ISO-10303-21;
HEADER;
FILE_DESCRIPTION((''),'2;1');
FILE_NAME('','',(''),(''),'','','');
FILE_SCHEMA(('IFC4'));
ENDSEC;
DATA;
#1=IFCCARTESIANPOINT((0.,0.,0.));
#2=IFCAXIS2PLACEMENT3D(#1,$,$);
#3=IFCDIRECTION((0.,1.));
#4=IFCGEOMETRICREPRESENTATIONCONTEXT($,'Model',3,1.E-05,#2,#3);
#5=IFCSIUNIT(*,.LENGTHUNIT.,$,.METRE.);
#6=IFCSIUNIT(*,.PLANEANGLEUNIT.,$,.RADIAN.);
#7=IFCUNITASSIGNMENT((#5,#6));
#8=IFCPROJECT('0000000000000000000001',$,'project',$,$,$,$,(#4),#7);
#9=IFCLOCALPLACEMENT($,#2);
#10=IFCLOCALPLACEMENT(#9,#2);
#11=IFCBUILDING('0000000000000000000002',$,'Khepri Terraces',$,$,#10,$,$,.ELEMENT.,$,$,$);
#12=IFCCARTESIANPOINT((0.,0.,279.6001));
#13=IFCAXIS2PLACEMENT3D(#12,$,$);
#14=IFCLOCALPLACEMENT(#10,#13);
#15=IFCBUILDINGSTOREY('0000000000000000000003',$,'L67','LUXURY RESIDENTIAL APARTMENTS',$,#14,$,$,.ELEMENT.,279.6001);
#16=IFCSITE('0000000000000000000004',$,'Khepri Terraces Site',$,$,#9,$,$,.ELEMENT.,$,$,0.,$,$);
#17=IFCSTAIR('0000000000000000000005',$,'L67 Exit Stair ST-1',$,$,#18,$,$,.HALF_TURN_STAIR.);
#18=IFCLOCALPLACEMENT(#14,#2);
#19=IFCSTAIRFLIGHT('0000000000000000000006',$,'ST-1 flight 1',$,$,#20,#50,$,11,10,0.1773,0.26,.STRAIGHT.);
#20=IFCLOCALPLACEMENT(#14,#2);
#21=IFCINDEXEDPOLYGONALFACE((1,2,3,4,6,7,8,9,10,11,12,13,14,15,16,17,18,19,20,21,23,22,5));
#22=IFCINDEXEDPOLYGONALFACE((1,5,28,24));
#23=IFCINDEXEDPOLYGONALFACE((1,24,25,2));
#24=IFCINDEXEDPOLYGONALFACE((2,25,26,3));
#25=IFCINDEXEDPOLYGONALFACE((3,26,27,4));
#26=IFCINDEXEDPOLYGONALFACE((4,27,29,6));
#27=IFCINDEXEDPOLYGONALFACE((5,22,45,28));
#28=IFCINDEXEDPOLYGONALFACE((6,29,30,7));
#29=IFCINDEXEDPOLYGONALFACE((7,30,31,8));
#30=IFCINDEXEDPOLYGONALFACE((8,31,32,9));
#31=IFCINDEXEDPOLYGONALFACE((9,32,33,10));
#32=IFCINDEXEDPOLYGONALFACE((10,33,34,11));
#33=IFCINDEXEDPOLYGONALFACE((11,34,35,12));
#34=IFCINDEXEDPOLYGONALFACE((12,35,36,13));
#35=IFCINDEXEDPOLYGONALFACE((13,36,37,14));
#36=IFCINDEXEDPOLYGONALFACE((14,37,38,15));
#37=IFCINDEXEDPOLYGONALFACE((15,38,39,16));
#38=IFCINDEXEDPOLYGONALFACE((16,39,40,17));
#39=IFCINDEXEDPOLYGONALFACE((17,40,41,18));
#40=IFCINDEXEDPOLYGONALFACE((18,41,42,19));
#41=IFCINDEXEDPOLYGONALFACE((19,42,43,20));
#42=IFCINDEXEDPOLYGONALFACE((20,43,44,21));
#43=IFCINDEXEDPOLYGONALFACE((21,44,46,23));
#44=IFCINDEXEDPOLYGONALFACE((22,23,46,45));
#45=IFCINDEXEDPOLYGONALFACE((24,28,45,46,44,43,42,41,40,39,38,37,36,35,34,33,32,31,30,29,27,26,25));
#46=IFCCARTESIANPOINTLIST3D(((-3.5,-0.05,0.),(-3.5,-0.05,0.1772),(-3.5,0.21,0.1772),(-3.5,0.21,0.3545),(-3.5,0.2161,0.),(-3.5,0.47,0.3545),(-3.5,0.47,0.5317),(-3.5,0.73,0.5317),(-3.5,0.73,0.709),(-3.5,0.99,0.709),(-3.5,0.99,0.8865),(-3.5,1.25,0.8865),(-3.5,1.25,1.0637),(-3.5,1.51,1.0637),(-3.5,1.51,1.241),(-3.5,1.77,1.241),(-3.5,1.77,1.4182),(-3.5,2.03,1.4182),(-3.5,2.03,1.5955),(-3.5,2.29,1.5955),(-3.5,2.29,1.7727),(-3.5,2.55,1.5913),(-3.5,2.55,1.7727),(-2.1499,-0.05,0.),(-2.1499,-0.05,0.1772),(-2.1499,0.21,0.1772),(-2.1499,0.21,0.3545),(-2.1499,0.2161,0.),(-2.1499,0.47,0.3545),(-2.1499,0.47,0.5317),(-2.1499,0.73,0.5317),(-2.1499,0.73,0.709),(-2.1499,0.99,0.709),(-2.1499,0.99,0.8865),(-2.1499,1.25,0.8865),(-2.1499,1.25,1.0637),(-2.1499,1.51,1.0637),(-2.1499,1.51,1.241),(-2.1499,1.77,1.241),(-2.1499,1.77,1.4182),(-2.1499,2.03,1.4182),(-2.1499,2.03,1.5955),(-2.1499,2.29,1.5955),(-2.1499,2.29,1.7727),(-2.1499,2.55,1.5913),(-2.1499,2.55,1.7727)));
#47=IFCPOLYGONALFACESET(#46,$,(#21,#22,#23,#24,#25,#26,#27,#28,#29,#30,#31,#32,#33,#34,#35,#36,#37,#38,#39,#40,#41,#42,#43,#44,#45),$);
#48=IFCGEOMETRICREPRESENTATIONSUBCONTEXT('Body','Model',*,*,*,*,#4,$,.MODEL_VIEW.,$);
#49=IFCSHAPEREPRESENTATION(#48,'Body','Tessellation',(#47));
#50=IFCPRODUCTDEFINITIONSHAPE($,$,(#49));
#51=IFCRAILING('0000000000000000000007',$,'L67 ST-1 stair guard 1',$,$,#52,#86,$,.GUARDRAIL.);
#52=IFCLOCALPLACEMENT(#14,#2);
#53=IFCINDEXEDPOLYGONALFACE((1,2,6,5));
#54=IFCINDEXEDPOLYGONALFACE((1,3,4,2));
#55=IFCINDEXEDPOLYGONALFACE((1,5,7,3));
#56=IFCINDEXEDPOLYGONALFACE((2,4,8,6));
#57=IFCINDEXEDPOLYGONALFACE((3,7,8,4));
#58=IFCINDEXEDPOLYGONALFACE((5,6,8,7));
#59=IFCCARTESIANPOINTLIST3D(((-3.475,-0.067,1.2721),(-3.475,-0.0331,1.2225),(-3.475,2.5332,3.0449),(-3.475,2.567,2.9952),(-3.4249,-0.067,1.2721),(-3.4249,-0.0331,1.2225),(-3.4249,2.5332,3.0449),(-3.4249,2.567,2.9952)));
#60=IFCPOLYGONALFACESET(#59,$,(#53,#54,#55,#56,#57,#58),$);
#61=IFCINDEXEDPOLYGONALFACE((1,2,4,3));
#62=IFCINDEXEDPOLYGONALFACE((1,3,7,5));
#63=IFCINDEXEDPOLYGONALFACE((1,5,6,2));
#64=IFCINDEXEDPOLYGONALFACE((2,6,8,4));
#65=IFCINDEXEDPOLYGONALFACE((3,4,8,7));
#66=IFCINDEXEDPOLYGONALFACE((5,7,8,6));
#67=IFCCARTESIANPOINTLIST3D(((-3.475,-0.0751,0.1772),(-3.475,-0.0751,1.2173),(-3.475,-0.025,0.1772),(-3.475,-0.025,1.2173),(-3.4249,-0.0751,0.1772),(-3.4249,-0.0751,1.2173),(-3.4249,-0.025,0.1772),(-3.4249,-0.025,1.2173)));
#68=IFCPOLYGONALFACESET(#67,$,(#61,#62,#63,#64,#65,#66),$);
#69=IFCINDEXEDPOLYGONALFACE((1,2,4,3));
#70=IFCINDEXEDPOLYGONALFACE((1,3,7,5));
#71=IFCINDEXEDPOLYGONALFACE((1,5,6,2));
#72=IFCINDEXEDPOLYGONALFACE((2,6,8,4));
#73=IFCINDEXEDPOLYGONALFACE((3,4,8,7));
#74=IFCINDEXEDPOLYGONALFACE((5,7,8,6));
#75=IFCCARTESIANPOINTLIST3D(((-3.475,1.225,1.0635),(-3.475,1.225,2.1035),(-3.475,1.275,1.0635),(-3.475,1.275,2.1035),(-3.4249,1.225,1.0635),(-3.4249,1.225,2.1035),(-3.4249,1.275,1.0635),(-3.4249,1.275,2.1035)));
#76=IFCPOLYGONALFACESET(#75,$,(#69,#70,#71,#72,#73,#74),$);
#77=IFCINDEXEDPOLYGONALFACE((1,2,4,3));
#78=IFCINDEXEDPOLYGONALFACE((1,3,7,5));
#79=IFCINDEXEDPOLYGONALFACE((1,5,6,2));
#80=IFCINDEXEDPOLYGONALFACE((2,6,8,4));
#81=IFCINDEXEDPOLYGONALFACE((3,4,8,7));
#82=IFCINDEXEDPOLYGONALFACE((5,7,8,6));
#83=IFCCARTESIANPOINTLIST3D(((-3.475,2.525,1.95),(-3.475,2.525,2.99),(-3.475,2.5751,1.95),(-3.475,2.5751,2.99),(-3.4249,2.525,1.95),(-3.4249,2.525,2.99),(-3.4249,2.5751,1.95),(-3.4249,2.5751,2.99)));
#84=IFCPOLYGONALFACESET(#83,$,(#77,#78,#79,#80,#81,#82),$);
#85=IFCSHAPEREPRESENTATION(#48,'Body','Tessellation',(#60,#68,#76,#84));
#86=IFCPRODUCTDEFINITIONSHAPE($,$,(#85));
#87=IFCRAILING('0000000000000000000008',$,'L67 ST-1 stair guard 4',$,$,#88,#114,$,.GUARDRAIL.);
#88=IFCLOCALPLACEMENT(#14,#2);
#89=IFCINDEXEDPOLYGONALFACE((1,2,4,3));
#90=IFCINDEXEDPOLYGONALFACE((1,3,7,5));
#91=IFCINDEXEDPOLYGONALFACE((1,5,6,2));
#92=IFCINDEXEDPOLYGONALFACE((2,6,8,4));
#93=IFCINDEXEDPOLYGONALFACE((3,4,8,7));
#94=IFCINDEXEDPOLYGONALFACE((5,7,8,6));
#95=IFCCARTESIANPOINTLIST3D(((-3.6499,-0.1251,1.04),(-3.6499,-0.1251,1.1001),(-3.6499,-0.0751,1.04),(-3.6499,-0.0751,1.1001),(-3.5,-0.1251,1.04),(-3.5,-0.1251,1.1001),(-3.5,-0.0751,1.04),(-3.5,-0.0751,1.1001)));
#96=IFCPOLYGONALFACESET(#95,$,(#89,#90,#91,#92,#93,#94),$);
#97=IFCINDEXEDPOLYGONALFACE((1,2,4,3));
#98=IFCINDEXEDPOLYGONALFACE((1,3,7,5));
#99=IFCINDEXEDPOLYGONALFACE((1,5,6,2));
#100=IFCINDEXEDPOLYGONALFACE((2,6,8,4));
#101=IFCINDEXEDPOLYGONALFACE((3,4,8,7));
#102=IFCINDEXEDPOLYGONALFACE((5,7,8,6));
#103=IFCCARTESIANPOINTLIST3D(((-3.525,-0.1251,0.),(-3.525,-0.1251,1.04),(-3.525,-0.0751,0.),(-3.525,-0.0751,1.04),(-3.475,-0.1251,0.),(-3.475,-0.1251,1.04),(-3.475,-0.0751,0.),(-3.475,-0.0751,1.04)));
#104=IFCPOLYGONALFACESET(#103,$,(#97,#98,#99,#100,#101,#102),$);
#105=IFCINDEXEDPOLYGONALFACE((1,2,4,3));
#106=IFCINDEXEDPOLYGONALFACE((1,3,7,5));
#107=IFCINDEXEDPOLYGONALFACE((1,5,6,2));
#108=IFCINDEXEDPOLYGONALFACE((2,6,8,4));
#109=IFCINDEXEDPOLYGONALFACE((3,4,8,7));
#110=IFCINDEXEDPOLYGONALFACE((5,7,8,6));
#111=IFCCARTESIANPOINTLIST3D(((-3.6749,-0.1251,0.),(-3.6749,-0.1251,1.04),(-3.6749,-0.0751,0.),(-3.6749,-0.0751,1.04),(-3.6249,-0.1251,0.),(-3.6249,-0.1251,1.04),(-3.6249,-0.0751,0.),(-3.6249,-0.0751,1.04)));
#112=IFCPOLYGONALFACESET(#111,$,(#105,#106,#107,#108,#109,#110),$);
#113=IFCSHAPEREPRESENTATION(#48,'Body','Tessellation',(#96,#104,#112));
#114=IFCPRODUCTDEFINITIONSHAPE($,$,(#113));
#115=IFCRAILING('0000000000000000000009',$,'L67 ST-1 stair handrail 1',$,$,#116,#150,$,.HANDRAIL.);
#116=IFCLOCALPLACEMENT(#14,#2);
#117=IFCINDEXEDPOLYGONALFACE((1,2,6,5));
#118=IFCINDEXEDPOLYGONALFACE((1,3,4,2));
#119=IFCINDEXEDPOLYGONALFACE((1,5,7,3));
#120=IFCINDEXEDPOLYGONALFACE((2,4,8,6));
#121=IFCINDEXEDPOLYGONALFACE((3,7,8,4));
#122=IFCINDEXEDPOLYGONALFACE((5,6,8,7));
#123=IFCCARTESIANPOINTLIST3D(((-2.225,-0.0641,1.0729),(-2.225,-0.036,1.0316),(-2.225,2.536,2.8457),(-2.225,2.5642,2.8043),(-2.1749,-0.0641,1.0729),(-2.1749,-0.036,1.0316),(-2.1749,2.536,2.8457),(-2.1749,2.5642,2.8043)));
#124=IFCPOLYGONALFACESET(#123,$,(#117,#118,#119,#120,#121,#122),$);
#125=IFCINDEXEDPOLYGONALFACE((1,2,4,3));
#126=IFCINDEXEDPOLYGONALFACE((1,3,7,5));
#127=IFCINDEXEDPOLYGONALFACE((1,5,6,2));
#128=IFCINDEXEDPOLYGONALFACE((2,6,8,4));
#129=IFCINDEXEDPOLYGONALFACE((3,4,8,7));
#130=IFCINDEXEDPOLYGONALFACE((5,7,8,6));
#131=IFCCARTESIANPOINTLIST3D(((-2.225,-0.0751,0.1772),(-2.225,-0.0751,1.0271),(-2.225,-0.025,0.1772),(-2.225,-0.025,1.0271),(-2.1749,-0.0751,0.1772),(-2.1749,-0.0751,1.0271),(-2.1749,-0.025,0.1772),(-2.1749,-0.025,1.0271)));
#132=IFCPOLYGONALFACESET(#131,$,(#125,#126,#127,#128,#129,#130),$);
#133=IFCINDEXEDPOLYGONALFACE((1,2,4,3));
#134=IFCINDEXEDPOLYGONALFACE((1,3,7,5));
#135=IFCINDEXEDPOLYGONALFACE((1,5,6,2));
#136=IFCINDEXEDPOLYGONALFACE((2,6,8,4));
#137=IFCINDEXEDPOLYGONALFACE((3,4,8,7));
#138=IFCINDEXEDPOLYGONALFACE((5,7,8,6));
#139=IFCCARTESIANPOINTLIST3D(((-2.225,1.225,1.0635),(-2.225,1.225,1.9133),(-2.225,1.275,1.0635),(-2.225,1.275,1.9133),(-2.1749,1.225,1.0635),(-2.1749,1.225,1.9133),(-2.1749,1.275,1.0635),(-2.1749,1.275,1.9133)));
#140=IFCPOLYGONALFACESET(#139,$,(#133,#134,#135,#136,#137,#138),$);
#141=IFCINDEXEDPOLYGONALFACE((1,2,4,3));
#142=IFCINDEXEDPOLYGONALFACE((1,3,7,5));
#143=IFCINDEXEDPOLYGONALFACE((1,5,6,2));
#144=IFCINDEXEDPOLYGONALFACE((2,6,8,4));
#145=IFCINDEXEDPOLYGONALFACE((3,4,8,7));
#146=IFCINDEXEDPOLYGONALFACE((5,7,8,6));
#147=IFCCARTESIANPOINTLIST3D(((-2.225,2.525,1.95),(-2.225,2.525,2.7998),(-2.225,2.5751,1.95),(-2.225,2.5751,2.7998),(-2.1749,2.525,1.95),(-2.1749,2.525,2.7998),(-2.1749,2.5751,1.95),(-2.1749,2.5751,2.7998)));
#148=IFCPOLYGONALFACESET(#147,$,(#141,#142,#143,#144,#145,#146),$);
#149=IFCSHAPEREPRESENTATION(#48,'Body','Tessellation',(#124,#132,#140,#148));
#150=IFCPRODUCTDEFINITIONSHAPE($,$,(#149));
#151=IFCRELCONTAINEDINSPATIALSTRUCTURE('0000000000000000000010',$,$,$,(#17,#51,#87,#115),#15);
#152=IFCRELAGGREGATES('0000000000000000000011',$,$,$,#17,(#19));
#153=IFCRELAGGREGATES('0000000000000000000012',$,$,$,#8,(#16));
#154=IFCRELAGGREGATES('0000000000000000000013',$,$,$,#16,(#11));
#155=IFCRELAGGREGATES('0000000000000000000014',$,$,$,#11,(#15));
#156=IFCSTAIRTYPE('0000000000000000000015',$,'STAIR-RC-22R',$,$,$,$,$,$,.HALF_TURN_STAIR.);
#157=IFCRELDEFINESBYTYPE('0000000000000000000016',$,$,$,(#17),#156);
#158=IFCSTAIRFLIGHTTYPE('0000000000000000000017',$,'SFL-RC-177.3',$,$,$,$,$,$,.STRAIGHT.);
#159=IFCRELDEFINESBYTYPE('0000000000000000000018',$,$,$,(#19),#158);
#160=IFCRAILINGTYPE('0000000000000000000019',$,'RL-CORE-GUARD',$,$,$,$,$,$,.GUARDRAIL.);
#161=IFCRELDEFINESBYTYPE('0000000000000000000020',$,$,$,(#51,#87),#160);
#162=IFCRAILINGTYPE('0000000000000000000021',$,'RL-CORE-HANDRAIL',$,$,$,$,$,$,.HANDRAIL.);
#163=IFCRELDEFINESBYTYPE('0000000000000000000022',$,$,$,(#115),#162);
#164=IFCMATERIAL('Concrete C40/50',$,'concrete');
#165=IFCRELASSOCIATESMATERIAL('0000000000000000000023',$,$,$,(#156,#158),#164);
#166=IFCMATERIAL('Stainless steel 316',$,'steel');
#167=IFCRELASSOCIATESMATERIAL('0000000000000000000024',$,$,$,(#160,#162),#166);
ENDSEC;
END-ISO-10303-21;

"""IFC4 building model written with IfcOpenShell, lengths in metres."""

from ifc_helpers import new_model, si_unit, direction, frame, origin, origin_2d, place, context, subcontext, project, spatial, polyline, rectangle, outline, extrude, material, type_object, element, aggregate, save


model = new_model("IFC4")

# Units and contexts
model_context = context("Model", 3, precision=1e-05, world=origin(), true_north=direction((0.0, 1.0)))
body_context = subcontext(model_context, "Body", "Model", "MODEL_VIEW")
ifc_project = project(units=[si_unit("LENGTHUNIT", "METRE"), si_unit("PLANEANGLEUNIT", "RADIAN")], contexts=[model_context])

# Site, building, storey
site_placement = place(None, origin())
site = spatial("IfcSite", under=ifc_project, at=site_placement, Name="Khepri Terraces Site", CompositionType="ELEMENT", RefElevation=0.0)
building_placement = place(site_placement, origin())
building = spatial("IfcBuilding", under=site, at=building_placement, Name="Khepri Terraces", CompositionType="ELEMENT")
storey_placement = place(building_placement, frame((0.0, 0.0, 279.6001)))
storey = spatial("IfcBuildingStorey", under=building, at=storey_placement, Name="L67", Description="LUXURY RESIDENTIAL APARTMENTS", CompositionType="ELEMENT", Elevation=279.6001)

# Shared definitions
ifc_material_1 = material(Name="Concrete C40/50", Category="concrete")

# Stair, stair flight
stair_type = type_object("IfcStairType", Name="STAIR-RC-22R", PredefinedType="HALF_TURN_STAIR", material=ifc_material_1)
stair_placement = place(storey_placement, origin())
stair = element("IfcStair", 1, at=stair_placement, inside=storey, type_object=stair_type, Name="L67 Exit Stair ST-1", PredefinedType="HALF_TURN_STAIR")
stair_flight_type = type_object("IfcStairFlightType", Name="SFL-RC-177.3", PredefinedType="STRAIGHT", material=ifc_material_1)
stair_flight_placement = place(storey_placement, frame((-2.825, -0.05, 0.0), z_axis=(0.0, 0.0, 1.0), x_axis=(0.0, 1.0, 0.0)))
stair_flight = element("IfcStairFlight", 2, at=stair_flight_placement, type_object=stair_flight_type, Name="ST-1 flight 1", NumberOfRisers=11, NumberOfTreads=10, PredefinedType="STRAIGHT", RiserHeight=0.1773, TreadLength=0.26, context=body_context, shape_type="SweptSolid", body=[
    extrude(outline(polyline([(0.0, 0.0), (0.0, 0.1772), (0.26, 0.1772), (0.26, 0.3545), (0.52, 0.3545), (0.52, 0.5317), (0.78, 0.5317), (0.78, 0.709), (1.04, 0.709), (1.04, 0.8865), (1.3, 0.8865), (1.3, 1.0637), (1.5601, 1.0637), (1.5601, 1.241), (1.8201, 1.241), (1.8201, 1.4182), (2.0801, 1.4182), (2.0801, 1.5955), (2.3401, 1.5955), (2.3401, 1.7727), (2.6001, 1.7727), (2.6001, 1.95), (2.6001, 1.5913), (0.2661, 0.0), (0.0, 0.0)])), frame((0.0, 0.675, 0.0), z_axis=(0.0, -1.0, 0.0), x_axis=(1.0, 0.0, 0.0)), (0.0, 0.0, 1.0), 1.3501),
])
aggregate(stair, [stair_flight])

# Railings
ifc_material_2 = material(Name="Stainless steel 316", Category="steel")
railing_type_1 = type_object("IfcRailingType", Name="RL-CORE-GUARD", PredefinedType="GUARDRAIL", material=ifc_material_2)
railing_1_placement = place(storey_placement, frame((-3.45, -0.05, 0.1772)))
element("IfcRailing", 3, at=railing_1_placement, inside=storey, type_object=railing_type_1, Name="L67 ST-1 stair guard 1", PredefinedType="GUARDRAIL", context=body_context, shape_type="SweptSolid", body=[
    extrude(rectangle(XDim=0.05, YDim=0.0601, at=origin_2d()), frame((0.0, 0.0, 1.0701), z_axis=(0.0, 0.82624, 0.563318), x_axis=(-1.0, 0.0, 0.0)), (0.0, 0.0, 1.0), 3.147),
    extrude(rectangle(XDim=0.05, YDim=0.05, at=origin_2d()), origin(), (0.0, 0.0, 1.0), 1.04),
    extrude(rectangle(XDim=0.05, YDim=0.05, at=origin_2d()), frame((0.0, 1.3, 0.8862)), (0.0, 0.0, 1.0), 1.04),
    extrude(rectangle(XDim=0.05, YDim=0.05, at=origin_2d()), frame((0.0, 2.6001, 1.7727)), (0.0, 0.0, 1.0), 1.04),
])
railing_2_placement = place(storey_placement, frame((-3.5, -0.1001, 0.0)))
element("IfcRailing", 4, at=railing_2_placement, inside=storey, type_object=railing_type_1, Name="L67 ST-1 stair guard 4", PredefinedType="GUARDRAIL", context=body_context, shape_type="SweptSolid", body=[
    extrude(rectangle(XDim=0.05, YDim=0.0601, at=origin_2d()), frame((0.0, 0.0, 1.0701), z_axis=(-1.0, 0.0, 0.0), x_axis=(0.0, -1.0, 0.0)), (0.0, 0.0, 1.0), 0.1499),
    extrude(rectangle(XDim=0.05, YDim=0.05, at=origin_2d()), origin(), (0.0, 0.0, 1.0), 1.04),
    extrude(rectangle(XDim=0.05, YDim=0.05, at=origin_2d()), frame((-0.1499, 0.0, 0.0)), (0.0, 0.0, 1.0), 1.04),
])
railing_type_2 = type_object("IfcRailingType", Name="RL-CORE-HANDRAIL", PredefinedType="HANDRAIL", material=ifc_material_2)
railing_3_placement = place(storey_placement, frame((-2.2, -0.05, 0.1772)))
element("IfcRailing", 5, at=railing_3_placement, inside=storey, type_object=railing_type_2, Name="L67 ST-1 stair handrail 1", PredefinedType="HANDRAIL", context=body_context, shape_type="SweptSolid", body=[
    extrude(rectangle(XDim=0.05, YDim=0.05, at=origin_2d()), frame((0.0, 0.0, 0.875), z_axis=(0.0, 0.82624, 0.563318), x_axis=(-1.0, 0.0, 0.0)), (0.0, 0.0, 1.0), 3.147),
    extrude(rectangle(XDim=0.05, YDim=0.05, at=origin_2d()), origin(), (0.0, 0.0, 1.0), 0.8499),
    extrude(rectangle(XDim=0.05, YDim=0.05, at=origin_2d()), frame((0.0, 1.3, 0.8862)), (0.0, 0.0, 1.0), 0.8499),
    extrude(rectangle(XDim=0.05, YDim=0.05, at=origin_2d()), frame((0.0, 2.6001, 1.7727)), (0.0, 0.0, 1.0), 0.8499),
])

save(model, "model.ifc")
